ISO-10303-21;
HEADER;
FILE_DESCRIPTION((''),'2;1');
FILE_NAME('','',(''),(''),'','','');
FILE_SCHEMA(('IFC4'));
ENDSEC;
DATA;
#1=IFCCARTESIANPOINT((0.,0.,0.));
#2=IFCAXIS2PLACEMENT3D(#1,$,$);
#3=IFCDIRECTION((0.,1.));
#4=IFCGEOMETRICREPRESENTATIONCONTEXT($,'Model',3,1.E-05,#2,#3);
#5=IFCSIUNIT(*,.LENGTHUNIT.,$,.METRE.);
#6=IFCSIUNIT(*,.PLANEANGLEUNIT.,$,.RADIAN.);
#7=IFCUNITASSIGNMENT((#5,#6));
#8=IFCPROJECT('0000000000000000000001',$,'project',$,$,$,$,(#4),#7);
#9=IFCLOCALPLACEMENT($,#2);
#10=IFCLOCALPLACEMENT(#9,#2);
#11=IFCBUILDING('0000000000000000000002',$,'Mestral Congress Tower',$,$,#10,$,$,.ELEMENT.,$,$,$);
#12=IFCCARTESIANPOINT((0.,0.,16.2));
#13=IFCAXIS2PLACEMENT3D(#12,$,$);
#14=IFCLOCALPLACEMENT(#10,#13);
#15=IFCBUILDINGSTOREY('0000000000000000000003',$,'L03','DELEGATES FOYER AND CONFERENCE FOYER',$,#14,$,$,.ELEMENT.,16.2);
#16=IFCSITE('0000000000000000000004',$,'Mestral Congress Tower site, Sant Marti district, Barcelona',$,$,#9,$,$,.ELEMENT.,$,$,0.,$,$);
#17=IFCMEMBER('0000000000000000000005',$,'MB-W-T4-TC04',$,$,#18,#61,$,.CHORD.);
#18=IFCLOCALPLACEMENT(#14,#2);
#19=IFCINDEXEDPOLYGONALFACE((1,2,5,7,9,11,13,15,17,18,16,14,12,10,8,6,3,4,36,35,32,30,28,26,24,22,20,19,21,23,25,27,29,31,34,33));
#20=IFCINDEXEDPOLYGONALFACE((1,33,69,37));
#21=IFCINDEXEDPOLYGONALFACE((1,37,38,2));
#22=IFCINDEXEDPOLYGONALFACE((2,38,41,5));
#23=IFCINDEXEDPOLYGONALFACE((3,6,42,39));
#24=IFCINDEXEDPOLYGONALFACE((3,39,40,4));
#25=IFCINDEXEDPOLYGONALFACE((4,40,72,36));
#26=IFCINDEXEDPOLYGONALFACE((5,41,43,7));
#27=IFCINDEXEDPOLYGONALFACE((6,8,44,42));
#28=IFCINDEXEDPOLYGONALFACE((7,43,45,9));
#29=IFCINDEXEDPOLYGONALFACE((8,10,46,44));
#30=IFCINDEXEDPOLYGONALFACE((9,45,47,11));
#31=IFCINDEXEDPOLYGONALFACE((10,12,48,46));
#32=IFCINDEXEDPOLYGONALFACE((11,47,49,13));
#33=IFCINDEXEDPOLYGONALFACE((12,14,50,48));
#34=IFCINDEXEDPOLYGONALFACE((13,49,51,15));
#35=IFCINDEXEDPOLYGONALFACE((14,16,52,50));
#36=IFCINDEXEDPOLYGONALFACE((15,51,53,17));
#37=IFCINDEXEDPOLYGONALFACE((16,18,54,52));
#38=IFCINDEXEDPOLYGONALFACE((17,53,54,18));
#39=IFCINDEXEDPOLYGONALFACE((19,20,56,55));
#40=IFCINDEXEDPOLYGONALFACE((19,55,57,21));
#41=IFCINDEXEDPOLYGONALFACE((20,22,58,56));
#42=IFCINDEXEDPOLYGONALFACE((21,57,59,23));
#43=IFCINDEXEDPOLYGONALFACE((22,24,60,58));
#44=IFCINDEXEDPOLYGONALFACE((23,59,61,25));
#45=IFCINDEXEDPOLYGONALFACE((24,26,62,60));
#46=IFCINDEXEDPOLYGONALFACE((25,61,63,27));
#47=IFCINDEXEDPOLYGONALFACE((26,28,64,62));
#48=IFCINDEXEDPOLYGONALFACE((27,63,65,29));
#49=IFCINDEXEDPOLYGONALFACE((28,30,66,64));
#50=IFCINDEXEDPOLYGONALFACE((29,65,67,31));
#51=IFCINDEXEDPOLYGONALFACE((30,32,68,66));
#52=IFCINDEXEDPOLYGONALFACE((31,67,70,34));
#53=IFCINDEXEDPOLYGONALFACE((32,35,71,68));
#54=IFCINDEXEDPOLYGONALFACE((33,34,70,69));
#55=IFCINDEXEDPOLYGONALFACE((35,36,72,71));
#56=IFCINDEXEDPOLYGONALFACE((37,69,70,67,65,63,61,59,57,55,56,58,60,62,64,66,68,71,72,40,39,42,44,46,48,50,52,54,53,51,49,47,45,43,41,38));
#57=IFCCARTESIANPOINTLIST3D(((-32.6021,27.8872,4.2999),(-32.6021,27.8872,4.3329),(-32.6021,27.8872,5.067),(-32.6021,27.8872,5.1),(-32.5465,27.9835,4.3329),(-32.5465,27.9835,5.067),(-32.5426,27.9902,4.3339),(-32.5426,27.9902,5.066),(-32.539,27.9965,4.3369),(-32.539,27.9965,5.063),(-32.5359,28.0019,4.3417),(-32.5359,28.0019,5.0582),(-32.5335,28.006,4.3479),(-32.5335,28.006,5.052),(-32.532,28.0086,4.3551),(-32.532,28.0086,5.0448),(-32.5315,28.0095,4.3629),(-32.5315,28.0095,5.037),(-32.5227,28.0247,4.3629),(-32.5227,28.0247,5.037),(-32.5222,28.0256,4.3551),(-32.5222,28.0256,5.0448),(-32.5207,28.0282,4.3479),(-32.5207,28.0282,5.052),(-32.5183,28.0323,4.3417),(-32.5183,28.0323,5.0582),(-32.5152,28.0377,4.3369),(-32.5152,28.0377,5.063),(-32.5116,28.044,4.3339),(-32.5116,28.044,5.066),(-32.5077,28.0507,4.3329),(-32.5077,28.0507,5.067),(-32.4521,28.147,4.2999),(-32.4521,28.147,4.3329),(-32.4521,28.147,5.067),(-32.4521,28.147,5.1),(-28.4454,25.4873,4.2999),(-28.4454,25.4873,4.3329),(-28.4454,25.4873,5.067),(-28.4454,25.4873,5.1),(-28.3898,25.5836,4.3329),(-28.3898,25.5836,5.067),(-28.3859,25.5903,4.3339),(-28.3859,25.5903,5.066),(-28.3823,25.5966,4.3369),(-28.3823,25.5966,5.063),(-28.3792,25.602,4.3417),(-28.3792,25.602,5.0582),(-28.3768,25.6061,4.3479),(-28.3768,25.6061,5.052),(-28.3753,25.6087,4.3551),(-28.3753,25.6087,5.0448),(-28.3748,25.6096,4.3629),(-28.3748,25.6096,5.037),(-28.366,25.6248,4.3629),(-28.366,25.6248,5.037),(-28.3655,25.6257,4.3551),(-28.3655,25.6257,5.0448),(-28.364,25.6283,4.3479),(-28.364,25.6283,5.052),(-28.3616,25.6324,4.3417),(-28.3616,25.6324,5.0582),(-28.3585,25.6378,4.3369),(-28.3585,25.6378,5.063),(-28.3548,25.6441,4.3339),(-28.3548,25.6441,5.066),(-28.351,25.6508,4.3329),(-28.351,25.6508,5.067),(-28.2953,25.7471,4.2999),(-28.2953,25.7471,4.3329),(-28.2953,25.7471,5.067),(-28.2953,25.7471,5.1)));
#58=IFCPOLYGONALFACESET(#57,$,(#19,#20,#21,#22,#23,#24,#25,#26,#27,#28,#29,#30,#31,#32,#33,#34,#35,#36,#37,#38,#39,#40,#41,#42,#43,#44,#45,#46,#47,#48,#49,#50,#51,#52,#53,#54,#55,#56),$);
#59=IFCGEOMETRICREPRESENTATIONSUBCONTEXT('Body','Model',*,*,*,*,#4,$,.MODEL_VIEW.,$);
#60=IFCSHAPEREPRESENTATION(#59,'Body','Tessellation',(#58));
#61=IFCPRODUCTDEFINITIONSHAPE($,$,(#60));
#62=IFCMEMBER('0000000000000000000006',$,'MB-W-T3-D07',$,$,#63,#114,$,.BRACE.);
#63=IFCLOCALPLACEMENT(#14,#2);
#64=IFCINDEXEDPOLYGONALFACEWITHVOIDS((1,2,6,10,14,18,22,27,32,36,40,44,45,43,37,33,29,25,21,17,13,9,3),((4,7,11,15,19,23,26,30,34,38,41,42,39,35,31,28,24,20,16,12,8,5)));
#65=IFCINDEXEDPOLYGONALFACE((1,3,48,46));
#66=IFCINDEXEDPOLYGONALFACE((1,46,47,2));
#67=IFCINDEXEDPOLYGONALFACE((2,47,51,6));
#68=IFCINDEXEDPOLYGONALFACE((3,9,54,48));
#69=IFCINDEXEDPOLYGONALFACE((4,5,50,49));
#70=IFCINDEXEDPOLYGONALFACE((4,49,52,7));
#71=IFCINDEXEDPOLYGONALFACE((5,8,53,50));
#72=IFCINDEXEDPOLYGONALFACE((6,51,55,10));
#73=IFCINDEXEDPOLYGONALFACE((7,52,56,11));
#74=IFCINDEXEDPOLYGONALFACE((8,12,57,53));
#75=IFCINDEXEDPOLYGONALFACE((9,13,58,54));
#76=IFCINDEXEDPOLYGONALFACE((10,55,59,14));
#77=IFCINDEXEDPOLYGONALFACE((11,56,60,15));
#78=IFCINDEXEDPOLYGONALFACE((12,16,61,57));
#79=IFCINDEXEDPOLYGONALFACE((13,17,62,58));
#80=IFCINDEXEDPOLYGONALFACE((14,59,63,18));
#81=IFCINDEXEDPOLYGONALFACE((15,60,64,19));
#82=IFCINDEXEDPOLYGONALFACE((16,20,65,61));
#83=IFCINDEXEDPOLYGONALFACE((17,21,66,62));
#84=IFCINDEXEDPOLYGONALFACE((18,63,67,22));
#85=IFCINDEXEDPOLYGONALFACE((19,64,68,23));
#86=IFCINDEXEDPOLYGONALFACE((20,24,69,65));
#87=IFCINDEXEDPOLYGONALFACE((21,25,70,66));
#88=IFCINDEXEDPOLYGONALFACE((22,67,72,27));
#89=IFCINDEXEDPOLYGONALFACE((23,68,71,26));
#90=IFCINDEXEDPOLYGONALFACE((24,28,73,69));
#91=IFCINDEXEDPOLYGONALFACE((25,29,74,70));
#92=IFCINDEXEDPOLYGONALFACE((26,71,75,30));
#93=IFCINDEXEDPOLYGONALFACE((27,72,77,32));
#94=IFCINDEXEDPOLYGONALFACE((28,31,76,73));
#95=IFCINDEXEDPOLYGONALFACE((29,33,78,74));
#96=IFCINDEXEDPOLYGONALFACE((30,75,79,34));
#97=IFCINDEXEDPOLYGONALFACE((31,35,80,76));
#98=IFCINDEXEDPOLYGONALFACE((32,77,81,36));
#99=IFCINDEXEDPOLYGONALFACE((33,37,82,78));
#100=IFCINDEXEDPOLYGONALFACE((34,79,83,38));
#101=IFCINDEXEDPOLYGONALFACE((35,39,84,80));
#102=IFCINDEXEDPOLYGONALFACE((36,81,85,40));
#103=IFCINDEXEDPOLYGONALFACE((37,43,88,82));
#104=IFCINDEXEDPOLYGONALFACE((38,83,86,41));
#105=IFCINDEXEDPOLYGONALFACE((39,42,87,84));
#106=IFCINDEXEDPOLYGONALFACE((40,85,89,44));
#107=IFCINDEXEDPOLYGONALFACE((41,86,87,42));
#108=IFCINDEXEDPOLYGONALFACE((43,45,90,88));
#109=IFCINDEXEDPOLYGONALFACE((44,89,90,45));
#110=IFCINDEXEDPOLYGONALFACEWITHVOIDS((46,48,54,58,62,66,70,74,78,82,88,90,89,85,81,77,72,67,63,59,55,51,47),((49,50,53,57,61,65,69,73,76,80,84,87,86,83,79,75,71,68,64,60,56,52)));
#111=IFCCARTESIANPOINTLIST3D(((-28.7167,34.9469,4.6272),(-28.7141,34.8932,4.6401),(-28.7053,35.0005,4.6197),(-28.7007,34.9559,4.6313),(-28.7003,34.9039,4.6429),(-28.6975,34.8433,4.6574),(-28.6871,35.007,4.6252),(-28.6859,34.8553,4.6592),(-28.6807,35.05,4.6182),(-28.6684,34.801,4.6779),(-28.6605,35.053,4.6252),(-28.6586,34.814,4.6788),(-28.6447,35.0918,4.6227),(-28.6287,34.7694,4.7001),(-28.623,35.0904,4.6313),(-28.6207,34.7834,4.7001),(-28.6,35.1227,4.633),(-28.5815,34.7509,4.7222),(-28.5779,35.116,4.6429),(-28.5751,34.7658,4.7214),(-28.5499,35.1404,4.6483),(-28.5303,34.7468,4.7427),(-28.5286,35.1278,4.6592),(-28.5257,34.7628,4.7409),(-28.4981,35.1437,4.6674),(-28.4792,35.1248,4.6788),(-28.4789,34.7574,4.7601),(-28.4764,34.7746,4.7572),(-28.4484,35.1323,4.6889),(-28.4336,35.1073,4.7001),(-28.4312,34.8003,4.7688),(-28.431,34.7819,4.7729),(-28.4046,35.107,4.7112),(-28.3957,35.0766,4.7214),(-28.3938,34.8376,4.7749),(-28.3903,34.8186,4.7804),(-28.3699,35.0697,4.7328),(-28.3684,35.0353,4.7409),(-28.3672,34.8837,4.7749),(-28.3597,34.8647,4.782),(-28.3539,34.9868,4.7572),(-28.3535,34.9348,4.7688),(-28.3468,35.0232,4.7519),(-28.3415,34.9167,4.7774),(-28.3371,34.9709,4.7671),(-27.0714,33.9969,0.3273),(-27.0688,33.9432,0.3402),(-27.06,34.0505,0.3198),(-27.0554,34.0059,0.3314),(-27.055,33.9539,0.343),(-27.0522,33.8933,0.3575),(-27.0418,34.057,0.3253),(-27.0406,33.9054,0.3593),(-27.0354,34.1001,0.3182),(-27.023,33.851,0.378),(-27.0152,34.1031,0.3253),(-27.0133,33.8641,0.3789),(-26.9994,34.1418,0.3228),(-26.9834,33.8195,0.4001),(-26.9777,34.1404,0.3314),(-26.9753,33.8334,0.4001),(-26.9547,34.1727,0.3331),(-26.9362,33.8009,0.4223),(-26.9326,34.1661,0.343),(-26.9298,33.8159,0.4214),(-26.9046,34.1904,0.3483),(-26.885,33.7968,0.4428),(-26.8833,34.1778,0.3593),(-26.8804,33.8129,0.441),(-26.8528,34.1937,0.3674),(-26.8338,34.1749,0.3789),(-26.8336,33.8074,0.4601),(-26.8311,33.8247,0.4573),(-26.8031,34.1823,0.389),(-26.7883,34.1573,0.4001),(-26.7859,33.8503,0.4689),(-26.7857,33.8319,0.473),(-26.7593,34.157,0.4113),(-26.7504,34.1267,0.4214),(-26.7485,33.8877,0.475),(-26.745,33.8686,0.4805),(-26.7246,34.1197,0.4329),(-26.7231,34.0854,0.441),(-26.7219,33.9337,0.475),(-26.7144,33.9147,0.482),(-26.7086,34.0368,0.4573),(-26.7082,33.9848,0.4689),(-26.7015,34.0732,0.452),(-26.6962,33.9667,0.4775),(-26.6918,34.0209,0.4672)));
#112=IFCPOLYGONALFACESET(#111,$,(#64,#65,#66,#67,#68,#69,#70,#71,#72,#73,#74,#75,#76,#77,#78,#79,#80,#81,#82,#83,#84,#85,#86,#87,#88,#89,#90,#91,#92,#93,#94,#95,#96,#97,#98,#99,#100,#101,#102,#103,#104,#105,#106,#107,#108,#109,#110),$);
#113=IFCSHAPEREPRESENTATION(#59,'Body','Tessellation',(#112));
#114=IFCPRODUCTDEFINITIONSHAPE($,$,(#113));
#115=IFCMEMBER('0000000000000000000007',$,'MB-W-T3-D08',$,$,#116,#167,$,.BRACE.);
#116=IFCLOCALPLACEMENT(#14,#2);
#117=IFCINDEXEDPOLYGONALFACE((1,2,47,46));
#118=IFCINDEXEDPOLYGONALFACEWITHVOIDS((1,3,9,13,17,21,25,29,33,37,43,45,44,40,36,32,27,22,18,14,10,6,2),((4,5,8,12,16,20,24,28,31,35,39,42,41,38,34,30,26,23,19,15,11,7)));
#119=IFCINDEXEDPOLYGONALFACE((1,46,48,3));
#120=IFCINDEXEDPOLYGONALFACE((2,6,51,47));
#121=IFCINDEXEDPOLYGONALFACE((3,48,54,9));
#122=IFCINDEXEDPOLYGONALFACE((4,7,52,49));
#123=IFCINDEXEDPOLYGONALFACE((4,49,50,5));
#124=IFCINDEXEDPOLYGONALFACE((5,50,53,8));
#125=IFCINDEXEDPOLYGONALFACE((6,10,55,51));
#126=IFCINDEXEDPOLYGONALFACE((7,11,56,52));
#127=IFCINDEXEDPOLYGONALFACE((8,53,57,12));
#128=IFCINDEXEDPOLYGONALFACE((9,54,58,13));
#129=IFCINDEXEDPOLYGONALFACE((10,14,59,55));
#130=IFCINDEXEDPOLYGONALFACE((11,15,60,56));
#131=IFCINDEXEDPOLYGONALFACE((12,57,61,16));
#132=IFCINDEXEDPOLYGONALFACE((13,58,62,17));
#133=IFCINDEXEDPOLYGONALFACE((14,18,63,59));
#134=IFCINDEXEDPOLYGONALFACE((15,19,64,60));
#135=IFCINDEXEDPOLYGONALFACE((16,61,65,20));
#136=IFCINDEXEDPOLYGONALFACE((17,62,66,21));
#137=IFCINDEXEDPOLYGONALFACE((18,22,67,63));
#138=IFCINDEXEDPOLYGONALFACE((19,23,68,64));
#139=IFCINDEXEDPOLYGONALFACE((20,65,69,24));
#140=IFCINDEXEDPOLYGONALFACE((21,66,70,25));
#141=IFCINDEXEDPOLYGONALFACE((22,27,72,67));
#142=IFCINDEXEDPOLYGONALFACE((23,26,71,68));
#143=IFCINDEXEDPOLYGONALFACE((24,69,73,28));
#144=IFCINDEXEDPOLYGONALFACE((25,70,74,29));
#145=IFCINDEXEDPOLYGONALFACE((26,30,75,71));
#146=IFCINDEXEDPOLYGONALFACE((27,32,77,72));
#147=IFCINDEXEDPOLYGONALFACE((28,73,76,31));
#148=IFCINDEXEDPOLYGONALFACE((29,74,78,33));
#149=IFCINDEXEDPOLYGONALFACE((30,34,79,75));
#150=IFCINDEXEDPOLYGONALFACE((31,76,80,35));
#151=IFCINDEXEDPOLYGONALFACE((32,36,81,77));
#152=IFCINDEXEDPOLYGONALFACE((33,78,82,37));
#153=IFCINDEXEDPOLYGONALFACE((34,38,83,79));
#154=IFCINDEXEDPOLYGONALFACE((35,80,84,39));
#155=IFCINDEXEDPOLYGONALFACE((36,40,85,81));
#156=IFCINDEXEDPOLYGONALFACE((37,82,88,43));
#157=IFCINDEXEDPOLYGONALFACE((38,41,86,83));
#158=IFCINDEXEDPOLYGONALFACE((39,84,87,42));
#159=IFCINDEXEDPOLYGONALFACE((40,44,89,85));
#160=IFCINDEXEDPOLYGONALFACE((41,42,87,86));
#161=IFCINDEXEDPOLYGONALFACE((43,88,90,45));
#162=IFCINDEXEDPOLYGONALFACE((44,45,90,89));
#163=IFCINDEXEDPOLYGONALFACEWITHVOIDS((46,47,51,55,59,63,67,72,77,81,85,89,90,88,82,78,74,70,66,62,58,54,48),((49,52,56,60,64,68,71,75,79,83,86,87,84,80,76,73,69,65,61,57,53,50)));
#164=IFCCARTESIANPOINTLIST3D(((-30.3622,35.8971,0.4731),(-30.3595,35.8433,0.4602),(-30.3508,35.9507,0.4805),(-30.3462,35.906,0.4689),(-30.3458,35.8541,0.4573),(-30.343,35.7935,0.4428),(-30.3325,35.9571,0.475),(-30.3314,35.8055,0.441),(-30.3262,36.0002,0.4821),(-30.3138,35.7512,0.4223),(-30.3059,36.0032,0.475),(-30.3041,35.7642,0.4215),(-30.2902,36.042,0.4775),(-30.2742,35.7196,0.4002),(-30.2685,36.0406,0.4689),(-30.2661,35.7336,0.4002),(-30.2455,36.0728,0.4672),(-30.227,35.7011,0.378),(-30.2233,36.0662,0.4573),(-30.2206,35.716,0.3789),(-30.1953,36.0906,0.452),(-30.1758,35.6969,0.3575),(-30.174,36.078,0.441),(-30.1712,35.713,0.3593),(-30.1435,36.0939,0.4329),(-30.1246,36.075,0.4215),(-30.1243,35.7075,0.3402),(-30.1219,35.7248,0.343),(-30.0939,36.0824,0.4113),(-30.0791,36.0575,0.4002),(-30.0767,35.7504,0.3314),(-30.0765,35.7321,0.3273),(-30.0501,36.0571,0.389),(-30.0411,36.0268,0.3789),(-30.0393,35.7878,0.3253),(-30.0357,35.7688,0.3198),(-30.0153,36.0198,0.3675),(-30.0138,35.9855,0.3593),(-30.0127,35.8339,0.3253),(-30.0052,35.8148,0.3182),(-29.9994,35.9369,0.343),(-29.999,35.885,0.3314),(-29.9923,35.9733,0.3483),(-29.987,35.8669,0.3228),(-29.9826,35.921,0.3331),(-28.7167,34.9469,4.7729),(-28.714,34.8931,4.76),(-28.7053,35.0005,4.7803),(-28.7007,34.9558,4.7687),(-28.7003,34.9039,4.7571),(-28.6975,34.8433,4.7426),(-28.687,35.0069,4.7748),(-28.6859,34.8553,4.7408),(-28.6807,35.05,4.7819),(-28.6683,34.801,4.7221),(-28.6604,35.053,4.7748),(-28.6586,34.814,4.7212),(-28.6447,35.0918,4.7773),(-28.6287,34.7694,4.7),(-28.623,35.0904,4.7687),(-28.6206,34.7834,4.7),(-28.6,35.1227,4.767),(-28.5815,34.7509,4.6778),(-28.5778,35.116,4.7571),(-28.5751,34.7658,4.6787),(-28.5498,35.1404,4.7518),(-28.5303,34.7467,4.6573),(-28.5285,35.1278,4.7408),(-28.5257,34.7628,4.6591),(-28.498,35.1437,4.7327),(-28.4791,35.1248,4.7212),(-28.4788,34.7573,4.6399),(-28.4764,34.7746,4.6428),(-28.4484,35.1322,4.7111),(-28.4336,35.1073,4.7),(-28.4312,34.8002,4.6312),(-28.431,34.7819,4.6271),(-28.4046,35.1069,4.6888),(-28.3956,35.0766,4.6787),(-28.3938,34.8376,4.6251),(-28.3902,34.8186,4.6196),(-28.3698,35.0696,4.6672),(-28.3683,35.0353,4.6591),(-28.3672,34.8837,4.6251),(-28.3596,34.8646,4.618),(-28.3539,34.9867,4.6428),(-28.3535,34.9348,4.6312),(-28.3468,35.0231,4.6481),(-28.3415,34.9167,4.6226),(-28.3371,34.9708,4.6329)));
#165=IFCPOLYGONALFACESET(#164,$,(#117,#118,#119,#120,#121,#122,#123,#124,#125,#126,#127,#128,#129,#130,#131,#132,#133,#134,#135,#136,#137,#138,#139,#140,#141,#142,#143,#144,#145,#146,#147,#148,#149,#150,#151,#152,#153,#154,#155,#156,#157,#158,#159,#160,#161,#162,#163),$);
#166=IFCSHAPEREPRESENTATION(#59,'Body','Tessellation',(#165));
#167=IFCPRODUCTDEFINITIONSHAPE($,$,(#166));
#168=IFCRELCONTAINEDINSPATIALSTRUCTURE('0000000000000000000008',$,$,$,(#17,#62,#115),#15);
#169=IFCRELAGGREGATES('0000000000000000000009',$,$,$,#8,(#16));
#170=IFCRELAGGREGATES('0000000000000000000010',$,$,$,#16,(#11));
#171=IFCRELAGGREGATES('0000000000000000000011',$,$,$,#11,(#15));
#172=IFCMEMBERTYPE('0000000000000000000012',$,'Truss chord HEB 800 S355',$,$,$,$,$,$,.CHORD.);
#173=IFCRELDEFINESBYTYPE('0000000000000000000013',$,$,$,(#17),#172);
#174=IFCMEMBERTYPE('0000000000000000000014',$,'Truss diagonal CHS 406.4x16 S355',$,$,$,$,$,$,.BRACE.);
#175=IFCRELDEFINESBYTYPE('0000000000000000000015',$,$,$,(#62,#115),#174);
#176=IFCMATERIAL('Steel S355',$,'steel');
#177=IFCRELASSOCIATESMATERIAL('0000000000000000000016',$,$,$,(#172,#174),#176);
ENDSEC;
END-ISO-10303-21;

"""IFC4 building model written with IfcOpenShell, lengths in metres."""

from ifc_helpers import new_model, si_unit, direction, frame, origin, origin_2d, place, context, subcontext, project, spatial, hollow_circle, i_section, extrude, material, material_profile, profile_set, type_object, element, save


model = new_model("IFC4")

# Units and contexts
model_context = context("Model", 3, precision=1e-05, world=origin(), true_north=direction((0.0, 1.0)))
body_context = subcontext(model_context, "Body", "Model", "MODEL_VIEW")
ifc_project = project(units=[si_unit("LENGTHUNIT", "METRE"), si_unit("PLANEANGLEUNIT", "RADIAN")], contexts=[model_context])

# Site, building, storey
site_placement = place(None, origin())
site = spatial("IfcSite", under=ifc_project, at=site_placement, Name="Mestral Congress Tower site, Sant Marti district, Barcelona", CompositionType="ELEMENT", RefElevation=0.0)
building_placement = place(site_placement, origin())
building = spatial("IfcBuilding", under=site, at=building_placement, Name="Mestral Congress Tower", CompositionType="ELEMENT")
storey_placement = place(building_placement, frame((0.0, 0.0, 16.2)))
storey = spatial("IfcBuildingStorey", under=building, at=storey_placement, Name="L03", Description="DELEGATES FOYER AND CONFERENCE FOYER", CompositionType="ELEMENT", Elevation=16.2)

# Members
ifc_material = material(Name="Steel S355", Category="steel")
ifc_material_profile_1 = material_profile(ifc_material, i_section(OverallWidth=0.3, OverallDepth=0.8, WebThickness=0.0176, FlangeThickness=0.033, FilletRadius=0.03, at=origin_2d()), Name="HEB 800")
ifc_profile_set_1 = profile_set([ifc_material_profile_1], Name="Steel S355")
member_type_1 = type_object("IfcMemberType", Name="Truss chord HEB 800 S355", PredefinedType="CHORD", material=ifc_profile_set_1)
member_1_placement = place(storey_placement, frame((-28.3704, 25.6172, 4.7), z_axis=(-0.866025, 0.500001, 0.0), x_axis=(-0.500001, -0.866025, 0.0)))
element("IfcMember", 1, at=member_1_placement, inside=storey, type_object=member_type_1, Name="MB-W-T4-TC04", PredefinedType="CHORD", context=body_context, shape_type="SweptSolid", body=[
    extrude(i_section(OverallWidth=0.3, OverallDepth=0.8, WebThickness=0.0176, FlangeThickness=0.033, FilletRadius=0.03, at=origin_2d()), origin(), (0.0, 0.0, 1.0), 4.7998),
])
ifc_material_profile_2 = material_profile(ifc_material, hollow_circle(Radius=0.2031, WallThickness=0.0161, at=origin_2d()), Name="CHS 406.4x16")
ifc_profile_set_2 = profile_set([ifc_material_profile_2], Name="Steel S355")
member_type_2 = type_object("IfcMemberType", Name="Truss diagonal CHS 406.4x16 S355", PredefinedType="BRACE", material=ifc_profile_set_2)
for number, where, z_axis, x_axis, name in (
    (2, (-26.8818, 33.9954, 0.4001), (-0.349996, 0.202082, 0.914694), (-0.500023, -0.866012, 0.0), "MB-W-T3-D07"),
    (3, (-28.5271, 34.9453, 4.7), (-0.350038, 0.202129, -0.914668), (-0.500064, -0.865989, 0.0), "MB-W-T3-D08"),
):
    element("IfcMember", number, at=place(storey_placement, frame(where, z_axis=z_axis, x_axis=x_axis)), inside=storey, type_object=member_type_2, Name=name, PredefinedType="BRACE", context=body_context, shape_type="SweptSolid", body=[
        extrude(hollow_circle(Radius=0.2031, WallThickness=0.0161, at=origin_2d()), origin(), (0.0, 0.0, 1.0), 4.7009),
    ])

save(model, "model.ifc")
